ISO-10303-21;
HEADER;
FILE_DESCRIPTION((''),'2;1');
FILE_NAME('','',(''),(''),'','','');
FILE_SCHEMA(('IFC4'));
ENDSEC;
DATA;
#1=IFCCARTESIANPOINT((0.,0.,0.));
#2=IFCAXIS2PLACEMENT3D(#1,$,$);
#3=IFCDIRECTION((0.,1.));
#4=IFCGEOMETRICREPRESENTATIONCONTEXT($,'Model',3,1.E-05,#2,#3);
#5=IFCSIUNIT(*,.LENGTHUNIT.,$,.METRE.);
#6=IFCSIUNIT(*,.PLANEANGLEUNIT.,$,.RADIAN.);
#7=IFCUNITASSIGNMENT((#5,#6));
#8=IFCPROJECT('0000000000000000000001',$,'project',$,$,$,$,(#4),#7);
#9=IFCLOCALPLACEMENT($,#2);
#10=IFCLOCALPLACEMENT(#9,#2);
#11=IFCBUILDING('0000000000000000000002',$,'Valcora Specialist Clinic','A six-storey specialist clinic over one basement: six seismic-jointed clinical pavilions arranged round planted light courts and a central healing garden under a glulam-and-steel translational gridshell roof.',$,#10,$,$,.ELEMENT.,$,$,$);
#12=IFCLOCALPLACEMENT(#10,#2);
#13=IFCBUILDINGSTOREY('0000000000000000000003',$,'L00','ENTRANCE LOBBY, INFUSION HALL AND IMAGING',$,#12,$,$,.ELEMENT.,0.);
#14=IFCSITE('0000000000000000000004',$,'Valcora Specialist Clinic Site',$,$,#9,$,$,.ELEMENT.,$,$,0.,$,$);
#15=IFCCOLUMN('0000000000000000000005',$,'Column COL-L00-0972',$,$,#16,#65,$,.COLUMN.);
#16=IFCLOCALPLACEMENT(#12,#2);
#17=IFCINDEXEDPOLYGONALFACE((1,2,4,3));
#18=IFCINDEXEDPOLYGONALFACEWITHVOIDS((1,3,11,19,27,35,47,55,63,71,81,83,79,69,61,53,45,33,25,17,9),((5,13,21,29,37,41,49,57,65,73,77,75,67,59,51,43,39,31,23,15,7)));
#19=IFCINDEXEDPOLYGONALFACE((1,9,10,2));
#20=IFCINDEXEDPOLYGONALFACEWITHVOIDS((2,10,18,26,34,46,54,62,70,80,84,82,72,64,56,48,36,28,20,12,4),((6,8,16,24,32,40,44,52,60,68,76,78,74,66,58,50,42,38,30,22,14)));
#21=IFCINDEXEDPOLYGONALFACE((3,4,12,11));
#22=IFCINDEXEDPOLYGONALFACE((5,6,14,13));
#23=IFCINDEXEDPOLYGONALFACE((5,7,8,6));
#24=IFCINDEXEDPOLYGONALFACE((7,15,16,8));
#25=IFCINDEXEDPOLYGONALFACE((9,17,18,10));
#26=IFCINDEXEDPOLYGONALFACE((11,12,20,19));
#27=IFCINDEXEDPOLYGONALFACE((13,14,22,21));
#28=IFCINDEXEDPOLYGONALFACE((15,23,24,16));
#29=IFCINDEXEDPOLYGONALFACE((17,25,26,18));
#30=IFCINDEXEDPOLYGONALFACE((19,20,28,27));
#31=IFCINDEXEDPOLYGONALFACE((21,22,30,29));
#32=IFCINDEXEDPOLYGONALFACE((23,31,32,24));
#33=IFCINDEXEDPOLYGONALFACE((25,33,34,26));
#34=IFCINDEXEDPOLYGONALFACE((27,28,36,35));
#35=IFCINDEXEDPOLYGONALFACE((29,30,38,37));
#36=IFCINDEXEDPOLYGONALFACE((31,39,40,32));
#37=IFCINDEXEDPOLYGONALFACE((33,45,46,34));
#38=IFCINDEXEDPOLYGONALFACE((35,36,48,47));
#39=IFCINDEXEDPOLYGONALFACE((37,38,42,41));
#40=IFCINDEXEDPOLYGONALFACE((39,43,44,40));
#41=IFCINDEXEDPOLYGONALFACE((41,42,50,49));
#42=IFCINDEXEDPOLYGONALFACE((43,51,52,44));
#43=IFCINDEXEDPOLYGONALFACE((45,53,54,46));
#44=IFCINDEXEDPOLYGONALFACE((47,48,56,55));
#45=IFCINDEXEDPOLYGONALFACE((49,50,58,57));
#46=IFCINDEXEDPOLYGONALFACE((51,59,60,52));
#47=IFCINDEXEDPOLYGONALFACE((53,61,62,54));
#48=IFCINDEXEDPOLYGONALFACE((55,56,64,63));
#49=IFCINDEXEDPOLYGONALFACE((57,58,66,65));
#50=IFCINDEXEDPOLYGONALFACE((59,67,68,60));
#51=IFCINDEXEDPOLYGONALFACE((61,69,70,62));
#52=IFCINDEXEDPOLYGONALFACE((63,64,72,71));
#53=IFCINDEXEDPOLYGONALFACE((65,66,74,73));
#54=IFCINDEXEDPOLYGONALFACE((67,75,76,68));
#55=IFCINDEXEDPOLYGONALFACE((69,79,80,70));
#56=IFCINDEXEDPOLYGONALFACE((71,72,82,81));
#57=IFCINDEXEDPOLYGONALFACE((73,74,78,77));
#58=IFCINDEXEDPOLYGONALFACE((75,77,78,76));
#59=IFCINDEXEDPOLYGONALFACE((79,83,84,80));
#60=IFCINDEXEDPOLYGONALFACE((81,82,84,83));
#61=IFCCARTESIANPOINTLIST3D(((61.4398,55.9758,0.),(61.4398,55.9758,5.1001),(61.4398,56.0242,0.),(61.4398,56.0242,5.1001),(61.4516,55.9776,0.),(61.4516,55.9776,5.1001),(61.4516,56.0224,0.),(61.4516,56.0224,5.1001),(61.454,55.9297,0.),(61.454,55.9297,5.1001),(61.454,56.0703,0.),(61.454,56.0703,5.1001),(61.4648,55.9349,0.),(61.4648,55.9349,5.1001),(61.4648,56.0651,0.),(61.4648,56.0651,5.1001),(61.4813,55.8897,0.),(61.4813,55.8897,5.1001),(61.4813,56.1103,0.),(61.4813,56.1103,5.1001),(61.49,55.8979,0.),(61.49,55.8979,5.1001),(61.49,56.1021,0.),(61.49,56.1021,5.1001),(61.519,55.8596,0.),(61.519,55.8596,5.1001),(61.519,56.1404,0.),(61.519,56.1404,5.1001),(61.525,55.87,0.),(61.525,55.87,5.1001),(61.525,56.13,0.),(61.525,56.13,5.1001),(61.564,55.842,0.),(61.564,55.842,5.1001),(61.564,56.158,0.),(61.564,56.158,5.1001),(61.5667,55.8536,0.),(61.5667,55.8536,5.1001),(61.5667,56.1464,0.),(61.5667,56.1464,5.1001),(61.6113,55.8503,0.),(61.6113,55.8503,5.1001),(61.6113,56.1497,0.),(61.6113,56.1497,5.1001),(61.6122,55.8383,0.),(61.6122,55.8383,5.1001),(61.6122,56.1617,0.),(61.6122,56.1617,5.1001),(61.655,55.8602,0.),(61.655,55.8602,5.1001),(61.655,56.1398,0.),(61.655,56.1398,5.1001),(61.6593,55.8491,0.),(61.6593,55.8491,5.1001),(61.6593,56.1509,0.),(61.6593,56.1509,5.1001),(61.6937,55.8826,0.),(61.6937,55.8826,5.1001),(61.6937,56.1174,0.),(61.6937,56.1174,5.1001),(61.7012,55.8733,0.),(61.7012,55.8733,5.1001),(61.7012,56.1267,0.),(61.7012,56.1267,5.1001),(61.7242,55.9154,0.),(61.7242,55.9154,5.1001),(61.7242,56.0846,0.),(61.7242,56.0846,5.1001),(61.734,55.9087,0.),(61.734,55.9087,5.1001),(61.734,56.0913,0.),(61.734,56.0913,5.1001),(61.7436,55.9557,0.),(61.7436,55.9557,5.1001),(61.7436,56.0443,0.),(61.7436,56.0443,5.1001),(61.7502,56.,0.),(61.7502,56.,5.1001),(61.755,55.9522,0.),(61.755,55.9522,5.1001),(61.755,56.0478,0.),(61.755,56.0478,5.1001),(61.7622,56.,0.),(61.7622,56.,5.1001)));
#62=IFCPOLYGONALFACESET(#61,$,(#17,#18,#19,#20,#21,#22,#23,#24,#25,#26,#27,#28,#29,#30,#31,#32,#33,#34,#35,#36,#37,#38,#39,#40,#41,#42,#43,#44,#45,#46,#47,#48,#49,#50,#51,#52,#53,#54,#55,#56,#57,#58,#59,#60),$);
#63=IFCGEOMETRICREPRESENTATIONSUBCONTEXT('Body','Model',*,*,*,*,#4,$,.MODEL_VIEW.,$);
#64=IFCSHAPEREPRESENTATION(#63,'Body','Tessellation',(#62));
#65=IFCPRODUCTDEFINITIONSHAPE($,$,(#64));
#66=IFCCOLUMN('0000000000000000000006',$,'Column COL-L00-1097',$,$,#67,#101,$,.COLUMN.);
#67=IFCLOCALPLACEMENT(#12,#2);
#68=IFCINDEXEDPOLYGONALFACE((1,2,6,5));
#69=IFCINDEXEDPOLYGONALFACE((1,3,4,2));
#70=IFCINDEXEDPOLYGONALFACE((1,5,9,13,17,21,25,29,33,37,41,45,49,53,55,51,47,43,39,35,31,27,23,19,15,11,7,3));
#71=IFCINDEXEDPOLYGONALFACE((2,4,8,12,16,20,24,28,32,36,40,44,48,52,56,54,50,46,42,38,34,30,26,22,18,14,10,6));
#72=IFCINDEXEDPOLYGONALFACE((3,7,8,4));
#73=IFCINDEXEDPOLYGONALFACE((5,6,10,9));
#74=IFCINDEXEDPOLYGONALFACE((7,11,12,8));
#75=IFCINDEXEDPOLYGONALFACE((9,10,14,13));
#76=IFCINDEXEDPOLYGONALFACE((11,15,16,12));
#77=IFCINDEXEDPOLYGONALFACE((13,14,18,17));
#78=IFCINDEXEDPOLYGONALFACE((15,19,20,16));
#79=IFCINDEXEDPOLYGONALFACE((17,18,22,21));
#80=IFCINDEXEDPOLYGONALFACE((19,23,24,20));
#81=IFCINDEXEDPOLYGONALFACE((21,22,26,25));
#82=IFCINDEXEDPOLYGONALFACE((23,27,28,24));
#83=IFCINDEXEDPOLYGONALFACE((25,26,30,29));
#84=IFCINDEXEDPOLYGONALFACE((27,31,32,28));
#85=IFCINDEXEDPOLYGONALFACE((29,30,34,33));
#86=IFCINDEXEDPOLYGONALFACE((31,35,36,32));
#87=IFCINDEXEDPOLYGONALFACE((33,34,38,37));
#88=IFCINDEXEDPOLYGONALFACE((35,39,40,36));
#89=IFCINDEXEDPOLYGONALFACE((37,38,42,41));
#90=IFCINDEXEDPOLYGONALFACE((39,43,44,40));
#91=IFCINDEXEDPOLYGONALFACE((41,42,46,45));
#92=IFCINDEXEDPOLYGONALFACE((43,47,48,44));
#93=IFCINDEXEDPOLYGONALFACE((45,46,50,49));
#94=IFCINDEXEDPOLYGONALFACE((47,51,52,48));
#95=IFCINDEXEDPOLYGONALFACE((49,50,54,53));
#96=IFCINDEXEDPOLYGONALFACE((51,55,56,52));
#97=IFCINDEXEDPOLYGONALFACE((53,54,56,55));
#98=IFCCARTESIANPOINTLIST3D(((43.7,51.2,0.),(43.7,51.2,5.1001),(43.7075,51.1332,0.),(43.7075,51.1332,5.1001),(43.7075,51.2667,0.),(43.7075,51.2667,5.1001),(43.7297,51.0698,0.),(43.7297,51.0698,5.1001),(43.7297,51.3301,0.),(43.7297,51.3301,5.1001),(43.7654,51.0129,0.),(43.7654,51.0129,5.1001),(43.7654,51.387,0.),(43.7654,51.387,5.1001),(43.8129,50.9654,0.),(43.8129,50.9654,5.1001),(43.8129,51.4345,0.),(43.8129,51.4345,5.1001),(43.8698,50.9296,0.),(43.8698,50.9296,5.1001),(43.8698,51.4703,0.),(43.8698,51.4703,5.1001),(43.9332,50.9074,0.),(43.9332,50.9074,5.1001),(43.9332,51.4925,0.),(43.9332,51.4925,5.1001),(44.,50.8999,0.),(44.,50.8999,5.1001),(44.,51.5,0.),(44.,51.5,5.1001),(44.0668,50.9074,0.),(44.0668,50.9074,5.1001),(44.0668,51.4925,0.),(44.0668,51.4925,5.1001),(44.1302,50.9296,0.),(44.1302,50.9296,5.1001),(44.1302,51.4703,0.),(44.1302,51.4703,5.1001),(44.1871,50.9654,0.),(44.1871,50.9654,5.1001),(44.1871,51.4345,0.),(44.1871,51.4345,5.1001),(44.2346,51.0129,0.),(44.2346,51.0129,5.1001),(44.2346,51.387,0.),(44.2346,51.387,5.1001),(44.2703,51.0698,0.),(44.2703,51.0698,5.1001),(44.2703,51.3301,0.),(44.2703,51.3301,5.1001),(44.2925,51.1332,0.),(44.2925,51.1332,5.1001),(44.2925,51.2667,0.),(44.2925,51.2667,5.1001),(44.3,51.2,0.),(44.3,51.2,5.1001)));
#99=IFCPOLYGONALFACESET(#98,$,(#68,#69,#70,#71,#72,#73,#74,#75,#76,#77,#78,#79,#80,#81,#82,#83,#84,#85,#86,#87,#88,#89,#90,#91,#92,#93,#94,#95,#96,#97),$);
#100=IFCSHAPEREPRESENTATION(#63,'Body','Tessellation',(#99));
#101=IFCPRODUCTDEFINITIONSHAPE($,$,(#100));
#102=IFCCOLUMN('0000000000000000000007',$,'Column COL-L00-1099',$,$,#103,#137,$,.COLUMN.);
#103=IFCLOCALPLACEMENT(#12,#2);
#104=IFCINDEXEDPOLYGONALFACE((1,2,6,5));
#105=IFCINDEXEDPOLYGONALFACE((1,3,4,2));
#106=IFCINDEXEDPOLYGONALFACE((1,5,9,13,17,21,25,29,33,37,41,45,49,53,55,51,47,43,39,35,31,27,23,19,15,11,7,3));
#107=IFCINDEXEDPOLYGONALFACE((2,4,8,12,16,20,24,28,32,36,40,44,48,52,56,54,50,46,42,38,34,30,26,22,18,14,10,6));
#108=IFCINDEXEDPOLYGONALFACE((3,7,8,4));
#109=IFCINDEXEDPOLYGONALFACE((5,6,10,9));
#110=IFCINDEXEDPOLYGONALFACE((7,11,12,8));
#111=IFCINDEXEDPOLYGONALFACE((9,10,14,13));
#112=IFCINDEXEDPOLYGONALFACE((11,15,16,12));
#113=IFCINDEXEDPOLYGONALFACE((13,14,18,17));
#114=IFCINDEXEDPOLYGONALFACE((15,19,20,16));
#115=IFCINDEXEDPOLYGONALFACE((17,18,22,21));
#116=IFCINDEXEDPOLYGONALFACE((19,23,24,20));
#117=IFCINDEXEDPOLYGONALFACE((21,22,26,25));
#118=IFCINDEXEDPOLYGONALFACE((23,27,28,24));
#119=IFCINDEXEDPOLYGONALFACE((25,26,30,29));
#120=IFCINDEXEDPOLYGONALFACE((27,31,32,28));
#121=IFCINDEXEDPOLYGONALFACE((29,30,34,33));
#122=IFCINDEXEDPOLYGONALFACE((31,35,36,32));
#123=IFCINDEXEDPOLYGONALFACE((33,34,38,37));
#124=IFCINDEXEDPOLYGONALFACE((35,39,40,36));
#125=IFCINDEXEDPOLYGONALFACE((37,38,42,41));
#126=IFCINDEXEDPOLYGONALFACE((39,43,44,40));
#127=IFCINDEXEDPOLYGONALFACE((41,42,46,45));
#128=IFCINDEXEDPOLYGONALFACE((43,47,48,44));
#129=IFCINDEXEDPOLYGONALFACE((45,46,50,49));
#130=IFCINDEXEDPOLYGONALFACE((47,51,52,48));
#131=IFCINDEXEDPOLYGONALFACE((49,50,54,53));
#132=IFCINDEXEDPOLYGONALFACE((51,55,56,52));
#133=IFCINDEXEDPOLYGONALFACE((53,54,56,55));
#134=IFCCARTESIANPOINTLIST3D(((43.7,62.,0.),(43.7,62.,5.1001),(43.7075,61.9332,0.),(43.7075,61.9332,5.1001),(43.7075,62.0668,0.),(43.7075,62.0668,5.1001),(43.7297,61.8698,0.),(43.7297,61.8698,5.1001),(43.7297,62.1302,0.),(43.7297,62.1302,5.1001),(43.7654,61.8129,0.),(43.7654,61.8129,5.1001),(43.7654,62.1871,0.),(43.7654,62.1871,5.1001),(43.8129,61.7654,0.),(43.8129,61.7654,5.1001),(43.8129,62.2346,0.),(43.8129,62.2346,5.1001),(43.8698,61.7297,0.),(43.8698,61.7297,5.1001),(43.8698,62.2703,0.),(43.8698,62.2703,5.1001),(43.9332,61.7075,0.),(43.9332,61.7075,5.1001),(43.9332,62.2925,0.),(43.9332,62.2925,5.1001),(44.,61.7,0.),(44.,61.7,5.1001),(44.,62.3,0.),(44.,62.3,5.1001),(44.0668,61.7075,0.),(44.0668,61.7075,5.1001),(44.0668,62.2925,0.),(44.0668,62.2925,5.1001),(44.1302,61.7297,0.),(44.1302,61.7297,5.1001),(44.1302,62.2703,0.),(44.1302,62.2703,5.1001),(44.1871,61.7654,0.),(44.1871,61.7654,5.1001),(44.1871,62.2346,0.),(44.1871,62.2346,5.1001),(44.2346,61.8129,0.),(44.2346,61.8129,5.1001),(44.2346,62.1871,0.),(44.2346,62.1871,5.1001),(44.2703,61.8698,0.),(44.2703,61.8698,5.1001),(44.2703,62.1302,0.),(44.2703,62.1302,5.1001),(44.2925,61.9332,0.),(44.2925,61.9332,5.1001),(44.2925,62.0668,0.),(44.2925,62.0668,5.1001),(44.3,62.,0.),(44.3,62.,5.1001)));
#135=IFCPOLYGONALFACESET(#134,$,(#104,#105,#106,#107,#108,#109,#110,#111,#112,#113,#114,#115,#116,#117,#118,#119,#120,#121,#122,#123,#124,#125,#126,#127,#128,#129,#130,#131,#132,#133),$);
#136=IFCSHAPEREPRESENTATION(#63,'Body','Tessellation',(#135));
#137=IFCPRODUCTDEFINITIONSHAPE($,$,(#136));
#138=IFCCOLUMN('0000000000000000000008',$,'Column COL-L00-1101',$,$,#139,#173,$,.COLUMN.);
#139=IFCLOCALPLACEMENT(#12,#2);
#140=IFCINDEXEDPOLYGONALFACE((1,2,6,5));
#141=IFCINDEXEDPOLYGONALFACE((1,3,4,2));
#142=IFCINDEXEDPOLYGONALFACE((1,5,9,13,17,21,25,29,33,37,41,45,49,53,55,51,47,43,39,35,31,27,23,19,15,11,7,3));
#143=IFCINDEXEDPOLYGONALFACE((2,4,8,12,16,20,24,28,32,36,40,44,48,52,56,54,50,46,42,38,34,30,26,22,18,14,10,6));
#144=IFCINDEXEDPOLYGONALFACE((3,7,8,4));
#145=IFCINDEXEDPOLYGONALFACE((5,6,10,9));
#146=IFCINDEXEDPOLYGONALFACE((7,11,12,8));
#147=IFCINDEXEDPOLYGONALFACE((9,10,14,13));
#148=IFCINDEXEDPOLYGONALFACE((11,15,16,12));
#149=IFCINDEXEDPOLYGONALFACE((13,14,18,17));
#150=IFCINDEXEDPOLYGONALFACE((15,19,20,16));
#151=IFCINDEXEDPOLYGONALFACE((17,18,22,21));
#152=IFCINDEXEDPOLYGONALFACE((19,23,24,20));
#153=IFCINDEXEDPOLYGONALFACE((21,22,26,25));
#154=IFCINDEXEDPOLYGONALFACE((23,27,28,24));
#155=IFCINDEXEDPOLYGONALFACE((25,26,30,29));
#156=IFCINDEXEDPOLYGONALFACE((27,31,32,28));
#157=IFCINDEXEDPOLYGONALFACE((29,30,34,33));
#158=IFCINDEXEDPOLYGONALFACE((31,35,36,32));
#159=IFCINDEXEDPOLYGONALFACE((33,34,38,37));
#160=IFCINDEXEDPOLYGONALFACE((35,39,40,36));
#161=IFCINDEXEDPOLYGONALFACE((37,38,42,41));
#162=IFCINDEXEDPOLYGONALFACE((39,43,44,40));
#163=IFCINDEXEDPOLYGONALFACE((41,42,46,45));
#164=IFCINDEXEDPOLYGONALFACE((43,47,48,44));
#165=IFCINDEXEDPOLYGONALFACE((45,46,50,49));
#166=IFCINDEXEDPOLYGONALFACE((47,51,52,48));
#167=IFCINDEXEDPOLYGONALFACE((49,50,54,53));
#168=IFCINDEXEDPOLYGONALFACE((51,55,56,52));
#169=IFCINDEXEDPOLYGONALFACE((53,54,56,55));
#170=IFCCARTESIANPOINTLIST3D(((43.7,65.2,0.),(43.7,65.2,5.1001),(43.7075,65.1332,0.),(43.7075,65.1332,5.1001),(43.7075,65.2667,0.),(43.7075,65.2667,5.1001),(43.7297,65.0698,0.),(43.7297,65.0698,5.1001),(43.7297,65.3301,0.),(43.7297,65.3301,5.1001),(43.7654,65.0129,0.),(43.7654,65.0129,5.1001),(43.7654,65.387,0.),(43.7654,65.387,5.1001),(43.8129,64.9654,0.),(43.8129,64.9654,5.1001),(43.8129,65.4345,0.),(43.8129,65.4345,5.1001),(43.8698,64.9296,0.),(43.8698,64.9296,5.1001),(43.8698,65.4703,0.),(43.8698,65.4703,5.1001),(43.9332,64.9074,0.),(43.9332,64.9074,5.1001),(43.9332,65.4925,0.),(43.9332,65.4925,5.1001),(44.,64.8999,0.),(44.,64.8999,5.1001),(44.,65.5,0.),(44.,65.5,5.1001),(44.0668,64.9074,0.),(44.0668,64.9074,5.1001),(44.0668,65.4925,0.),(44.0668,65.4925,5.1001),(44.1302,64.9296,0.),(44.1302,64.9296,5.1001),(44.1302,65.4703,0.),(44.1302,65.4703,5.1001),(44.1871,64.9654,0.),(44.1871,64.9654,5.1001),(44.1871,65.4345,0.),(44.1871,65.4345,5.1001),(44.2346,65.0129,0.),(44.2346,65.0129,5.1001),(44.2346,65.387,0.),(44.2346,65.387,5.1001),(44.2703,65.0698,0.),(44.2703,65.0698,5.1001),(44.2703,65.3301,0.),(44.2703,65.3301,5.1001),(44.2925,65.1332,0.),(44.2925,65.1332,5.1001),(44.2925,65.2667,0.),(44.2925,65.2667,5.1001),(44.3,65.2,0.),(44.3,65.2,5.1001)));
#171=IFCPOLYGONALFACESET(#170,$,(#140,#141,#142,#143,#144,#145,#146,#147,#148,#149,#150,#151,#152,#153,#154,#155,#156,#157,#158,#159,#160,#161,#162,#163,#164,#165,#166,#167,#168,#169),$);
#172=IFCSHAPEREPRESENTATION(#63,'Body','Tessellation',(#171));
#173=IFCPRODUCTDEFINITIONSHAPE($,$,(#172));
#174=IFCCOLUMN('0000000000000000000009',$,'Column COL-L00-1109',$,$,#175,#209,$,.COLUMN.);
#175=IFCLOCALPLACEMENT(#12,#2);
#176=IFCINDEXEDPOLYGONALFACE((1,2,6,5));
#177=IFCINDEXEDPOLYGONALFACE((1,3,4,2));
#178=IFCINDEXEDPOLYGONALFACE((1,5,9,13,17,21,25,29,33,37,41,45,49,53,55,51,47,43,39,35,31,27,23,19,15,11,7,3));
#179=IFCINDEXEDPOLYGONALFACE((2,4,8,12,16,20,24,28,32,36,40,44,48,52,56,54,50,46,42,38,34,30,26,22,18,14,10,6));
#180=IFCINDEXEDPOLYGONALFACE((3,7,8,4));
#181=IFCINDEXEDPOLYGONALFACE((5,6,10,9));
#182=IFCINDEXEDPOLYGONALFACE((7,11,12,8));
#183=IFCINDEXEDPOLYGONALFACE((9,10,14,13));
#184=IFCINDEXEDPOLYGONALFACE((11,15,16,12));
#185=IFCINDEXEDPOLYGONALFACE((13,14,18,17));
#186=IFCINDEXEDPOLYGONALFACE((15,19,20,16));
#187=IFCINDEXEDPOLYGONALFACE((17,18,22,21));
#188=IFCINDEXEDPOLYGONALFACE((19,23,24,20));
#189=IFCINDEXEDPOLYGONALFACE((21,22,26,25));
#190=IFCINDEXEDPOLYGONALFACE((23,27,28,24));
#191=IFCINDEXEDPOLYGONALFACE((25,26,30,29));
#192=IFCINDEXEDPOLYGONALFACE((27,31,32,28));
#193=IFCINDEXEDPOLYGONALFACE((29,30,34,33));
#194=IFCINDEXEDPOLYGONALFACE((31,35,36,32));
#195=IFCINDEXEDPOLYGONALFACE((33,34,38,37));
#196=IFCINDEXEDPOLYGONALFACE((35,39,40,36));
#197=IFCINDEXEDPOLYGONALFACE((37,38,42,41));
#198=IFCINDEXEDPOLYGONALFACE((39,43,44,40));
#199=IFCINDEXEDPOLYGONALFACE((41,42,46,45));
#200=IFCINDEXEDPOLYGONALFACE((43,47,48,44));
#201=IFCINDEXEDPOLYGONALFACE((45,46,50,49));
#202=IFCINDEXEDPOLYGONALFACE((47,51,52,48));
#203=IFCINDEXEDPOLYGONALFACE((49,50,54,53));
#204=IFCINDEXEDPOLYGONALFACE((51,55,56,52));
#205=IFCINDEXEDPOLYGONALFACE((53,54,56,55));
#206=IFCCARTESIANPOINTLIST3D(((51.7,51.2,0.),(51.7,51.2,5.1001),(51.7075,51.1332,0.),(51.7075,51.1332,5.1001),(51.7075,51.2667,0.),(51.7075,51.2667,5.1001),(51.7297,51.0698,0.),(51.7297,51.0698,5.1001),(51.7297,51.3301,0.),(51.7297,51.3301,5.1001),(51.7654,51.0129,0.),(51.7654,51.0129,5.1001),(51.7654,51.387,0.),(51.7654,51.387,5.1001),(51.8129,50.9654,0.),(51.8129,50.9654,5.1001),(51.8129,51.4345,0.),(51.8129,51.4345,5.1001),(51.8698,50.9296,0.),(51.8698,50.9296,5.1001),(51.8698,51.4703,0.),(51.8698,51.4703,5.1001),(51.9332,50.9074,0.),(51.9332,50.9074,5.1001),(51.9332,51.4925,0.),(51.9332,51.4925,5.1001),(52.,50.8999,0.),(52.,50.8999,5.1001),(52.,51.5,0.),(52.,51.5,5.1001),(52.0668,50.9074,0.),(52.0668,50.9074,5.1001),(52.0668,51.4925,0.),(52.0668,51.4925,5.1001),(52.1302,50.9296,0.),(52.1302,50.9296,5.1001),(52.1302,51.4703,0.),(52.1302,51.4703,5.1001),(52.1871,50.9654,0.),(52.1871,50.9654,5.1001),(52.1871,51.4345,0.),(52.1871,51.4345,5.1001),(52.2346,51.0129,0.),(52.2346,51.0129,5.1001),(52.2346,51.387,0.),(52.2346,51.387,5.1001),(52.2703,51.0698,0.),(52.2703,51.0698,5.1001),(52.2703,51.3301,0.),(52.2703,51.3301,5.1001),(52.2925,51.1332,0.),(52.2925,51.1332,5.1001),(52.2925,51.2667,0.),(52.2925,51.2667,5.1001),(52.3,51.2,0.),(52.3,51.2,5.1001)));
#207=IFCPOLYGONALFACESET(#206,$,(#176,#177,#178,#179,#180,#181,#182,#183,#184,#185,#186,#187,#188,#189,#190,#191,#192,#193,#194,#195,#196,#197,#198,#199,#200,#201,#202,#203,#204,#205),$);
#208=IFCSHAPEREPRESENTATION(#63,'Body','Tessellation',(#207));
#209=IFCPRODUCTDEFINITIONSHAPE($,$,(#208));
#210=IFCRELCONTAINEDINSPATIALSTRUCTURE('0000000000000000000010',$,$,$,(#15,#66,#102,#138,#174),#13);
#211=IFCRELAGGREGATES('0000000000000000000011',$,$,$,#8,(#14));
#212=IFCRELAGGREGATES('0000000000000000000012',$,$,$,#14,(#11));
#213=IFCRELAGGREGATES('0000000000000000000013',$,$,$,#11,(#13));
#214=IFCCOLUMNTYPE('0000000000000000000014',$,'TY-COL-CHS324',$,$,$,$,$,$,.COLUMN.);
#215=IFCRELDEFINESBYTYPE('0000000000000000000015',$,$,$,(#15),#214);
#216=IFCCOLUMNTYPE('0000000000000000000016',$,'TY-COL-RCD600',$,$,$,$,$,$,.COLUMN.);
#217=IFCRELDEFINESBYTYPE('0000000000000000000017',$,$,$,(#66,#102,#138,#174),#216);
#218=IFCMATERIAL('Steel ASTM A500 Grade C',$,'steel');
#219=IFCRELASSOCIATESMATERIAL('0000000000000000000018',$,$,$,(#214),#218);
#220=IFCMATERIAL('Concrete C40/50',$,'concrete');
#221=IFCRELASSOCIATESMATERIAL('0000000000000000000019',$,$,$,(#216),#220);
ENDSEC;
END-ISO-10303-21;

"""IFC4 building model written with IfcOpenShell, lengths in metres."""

from ifc_helpers import new_model, si_unit, direction, frame, origin, origin_2d, place, context, subcontext, project, spatial, circle, hollow_circle, extrude, material, material_profile, profile_set, type_object, element, save


model = new_model("IFC4")

# Units and contexts
model_context = context("Model", 3, precision=1e-05, world=origin(), true_north=direction((0.0, 1.0)))
body_context = subcontext(model_context, "Body", "Model", "MODEL_VIEW")
ifc_project = project(units=[si_unit("LENGTHUNIT", "METRE"), si_unit("PLANEANGLEUNIT", "RADIAN")], contexts=[model_context])

# Site, building, storey
site_placement = place(None, origin())
site = spatial("IfcSite", under=ifc_project, at=site_placement, Name="Valcora Specialist Clinic Site", CompositionType="ELEMENT", RefElevation=0.0)
building_placement = place(site_placement, origin())
building = spatial("IfcBuilding", under=site, at=building_placement, Name="Valcora Specialist Clinic", Description="A six-storey specialist clinic over one basement: six seismic-jointed clinical pavilions arranged round planted light courts and a central healing garden under a glulam-and-steel translational gridshell roof.", CompositionType="ELEMENT")
storey_placement = place(building_placement, origin())
storey = spatial("IfcBuildingStorey", under=building, at=storey_placement, Name="L00", Description="ENTRANCE LOBBY, INFUSION HALL AND IMAGING", CompositionType="ELEMENT", Elevation=0.0)

# Columns
ifc_material_1 = material(Name="Steel ASTM A500 Grade C", Category="steel")
ifc_material_profile_1 = material_profile(ifc_material_1, hollow_circle(Radius=0.1621, WallThickness=0.012, at=origin_2d()), Name="ST-CHS-324X12")
ifc_profile_set_1 = profile_set([ifc_material_profile_1], Name="Steel ASTM A500 Grade C")
column_type_1 = type_object("IfcColumnType", Name="TY-COL-CHS324", PredefinedType="COLUMN", material=ifc_profile_set_1)
column_placement = place(storey_placement, frame((61.6001, 56.0, 0.0), z_axis=(0.0, 0.0, 1.0), x_axis=(1.0, 0.0, 0.0)))
element("IfcColumn", 1, at=column_placement, inside=storey, type_object=column_type_1, Name="Column COL-L00-0972", PredefinedType="COLUMN", context=body_context, shape_type="SweptSolid", body=[
    extrude(hollow_circle(Radius=0.1621, WallThickness=0.012, at=origin_2d()), origin(), (0.0, 0.0, 1.0), 5.1001),
])
ifc_material_2 = material(Name="Concrete C40/50", Category="concrete")
ifc_material_profile_2 = material_profile(ifc_material_2, circle(Radius=0.3, at=origin_2d()), Name="RC-COL-D600")
ifc_profile_set_2 = profile_set([ifc_material_profile_2], Name="Concrete C40/50")
column_type_2 = type_object("IfcColumnType", Name="TY-COL-RCD600", PredefinedType="COLUMN", material=ifc_profile_set_2)
for number, where, z_axis, x_axis, name in (
    (2, (44.0, 51.2, 0.0), (0.0, 0.0, 1.0), (1.0, 0.0, 0.0), "Column COL-L00-1097"),
    (3, (44.0, 62.0, 0.0), (0.0, 0.0, 1.0), (1.0, 0.0, 0.0), "Column COL-L00-1099"),
    (4, (44.0, 65.2, 0.0), (0.0, 0.0, 1.0), (1.0, 0.0, 0.0), "Column COL-L00-1101"),
    (5, (52.0, 51.2, 0.0), (0.0, 0.0, 1.0), (1.0, 0.0, 0.0), "Column COL-L00-1109"),
):
    element("IfcColumn", number, at=place(storey_placement, frame(where, z_axis=z_axis, x_axis=x_axis)), inside=storey, type_object=column_type_2, Name=name, PredefinedType="COLUMN", context=body_context, shape_type="SweptSolid", body=[
        extrude(circle(Radius=0.3, at=origin_2d()), origin(), (0.0, 0.0, 1.0), 5.1001),
    ])

save(model, "model.ifc")
